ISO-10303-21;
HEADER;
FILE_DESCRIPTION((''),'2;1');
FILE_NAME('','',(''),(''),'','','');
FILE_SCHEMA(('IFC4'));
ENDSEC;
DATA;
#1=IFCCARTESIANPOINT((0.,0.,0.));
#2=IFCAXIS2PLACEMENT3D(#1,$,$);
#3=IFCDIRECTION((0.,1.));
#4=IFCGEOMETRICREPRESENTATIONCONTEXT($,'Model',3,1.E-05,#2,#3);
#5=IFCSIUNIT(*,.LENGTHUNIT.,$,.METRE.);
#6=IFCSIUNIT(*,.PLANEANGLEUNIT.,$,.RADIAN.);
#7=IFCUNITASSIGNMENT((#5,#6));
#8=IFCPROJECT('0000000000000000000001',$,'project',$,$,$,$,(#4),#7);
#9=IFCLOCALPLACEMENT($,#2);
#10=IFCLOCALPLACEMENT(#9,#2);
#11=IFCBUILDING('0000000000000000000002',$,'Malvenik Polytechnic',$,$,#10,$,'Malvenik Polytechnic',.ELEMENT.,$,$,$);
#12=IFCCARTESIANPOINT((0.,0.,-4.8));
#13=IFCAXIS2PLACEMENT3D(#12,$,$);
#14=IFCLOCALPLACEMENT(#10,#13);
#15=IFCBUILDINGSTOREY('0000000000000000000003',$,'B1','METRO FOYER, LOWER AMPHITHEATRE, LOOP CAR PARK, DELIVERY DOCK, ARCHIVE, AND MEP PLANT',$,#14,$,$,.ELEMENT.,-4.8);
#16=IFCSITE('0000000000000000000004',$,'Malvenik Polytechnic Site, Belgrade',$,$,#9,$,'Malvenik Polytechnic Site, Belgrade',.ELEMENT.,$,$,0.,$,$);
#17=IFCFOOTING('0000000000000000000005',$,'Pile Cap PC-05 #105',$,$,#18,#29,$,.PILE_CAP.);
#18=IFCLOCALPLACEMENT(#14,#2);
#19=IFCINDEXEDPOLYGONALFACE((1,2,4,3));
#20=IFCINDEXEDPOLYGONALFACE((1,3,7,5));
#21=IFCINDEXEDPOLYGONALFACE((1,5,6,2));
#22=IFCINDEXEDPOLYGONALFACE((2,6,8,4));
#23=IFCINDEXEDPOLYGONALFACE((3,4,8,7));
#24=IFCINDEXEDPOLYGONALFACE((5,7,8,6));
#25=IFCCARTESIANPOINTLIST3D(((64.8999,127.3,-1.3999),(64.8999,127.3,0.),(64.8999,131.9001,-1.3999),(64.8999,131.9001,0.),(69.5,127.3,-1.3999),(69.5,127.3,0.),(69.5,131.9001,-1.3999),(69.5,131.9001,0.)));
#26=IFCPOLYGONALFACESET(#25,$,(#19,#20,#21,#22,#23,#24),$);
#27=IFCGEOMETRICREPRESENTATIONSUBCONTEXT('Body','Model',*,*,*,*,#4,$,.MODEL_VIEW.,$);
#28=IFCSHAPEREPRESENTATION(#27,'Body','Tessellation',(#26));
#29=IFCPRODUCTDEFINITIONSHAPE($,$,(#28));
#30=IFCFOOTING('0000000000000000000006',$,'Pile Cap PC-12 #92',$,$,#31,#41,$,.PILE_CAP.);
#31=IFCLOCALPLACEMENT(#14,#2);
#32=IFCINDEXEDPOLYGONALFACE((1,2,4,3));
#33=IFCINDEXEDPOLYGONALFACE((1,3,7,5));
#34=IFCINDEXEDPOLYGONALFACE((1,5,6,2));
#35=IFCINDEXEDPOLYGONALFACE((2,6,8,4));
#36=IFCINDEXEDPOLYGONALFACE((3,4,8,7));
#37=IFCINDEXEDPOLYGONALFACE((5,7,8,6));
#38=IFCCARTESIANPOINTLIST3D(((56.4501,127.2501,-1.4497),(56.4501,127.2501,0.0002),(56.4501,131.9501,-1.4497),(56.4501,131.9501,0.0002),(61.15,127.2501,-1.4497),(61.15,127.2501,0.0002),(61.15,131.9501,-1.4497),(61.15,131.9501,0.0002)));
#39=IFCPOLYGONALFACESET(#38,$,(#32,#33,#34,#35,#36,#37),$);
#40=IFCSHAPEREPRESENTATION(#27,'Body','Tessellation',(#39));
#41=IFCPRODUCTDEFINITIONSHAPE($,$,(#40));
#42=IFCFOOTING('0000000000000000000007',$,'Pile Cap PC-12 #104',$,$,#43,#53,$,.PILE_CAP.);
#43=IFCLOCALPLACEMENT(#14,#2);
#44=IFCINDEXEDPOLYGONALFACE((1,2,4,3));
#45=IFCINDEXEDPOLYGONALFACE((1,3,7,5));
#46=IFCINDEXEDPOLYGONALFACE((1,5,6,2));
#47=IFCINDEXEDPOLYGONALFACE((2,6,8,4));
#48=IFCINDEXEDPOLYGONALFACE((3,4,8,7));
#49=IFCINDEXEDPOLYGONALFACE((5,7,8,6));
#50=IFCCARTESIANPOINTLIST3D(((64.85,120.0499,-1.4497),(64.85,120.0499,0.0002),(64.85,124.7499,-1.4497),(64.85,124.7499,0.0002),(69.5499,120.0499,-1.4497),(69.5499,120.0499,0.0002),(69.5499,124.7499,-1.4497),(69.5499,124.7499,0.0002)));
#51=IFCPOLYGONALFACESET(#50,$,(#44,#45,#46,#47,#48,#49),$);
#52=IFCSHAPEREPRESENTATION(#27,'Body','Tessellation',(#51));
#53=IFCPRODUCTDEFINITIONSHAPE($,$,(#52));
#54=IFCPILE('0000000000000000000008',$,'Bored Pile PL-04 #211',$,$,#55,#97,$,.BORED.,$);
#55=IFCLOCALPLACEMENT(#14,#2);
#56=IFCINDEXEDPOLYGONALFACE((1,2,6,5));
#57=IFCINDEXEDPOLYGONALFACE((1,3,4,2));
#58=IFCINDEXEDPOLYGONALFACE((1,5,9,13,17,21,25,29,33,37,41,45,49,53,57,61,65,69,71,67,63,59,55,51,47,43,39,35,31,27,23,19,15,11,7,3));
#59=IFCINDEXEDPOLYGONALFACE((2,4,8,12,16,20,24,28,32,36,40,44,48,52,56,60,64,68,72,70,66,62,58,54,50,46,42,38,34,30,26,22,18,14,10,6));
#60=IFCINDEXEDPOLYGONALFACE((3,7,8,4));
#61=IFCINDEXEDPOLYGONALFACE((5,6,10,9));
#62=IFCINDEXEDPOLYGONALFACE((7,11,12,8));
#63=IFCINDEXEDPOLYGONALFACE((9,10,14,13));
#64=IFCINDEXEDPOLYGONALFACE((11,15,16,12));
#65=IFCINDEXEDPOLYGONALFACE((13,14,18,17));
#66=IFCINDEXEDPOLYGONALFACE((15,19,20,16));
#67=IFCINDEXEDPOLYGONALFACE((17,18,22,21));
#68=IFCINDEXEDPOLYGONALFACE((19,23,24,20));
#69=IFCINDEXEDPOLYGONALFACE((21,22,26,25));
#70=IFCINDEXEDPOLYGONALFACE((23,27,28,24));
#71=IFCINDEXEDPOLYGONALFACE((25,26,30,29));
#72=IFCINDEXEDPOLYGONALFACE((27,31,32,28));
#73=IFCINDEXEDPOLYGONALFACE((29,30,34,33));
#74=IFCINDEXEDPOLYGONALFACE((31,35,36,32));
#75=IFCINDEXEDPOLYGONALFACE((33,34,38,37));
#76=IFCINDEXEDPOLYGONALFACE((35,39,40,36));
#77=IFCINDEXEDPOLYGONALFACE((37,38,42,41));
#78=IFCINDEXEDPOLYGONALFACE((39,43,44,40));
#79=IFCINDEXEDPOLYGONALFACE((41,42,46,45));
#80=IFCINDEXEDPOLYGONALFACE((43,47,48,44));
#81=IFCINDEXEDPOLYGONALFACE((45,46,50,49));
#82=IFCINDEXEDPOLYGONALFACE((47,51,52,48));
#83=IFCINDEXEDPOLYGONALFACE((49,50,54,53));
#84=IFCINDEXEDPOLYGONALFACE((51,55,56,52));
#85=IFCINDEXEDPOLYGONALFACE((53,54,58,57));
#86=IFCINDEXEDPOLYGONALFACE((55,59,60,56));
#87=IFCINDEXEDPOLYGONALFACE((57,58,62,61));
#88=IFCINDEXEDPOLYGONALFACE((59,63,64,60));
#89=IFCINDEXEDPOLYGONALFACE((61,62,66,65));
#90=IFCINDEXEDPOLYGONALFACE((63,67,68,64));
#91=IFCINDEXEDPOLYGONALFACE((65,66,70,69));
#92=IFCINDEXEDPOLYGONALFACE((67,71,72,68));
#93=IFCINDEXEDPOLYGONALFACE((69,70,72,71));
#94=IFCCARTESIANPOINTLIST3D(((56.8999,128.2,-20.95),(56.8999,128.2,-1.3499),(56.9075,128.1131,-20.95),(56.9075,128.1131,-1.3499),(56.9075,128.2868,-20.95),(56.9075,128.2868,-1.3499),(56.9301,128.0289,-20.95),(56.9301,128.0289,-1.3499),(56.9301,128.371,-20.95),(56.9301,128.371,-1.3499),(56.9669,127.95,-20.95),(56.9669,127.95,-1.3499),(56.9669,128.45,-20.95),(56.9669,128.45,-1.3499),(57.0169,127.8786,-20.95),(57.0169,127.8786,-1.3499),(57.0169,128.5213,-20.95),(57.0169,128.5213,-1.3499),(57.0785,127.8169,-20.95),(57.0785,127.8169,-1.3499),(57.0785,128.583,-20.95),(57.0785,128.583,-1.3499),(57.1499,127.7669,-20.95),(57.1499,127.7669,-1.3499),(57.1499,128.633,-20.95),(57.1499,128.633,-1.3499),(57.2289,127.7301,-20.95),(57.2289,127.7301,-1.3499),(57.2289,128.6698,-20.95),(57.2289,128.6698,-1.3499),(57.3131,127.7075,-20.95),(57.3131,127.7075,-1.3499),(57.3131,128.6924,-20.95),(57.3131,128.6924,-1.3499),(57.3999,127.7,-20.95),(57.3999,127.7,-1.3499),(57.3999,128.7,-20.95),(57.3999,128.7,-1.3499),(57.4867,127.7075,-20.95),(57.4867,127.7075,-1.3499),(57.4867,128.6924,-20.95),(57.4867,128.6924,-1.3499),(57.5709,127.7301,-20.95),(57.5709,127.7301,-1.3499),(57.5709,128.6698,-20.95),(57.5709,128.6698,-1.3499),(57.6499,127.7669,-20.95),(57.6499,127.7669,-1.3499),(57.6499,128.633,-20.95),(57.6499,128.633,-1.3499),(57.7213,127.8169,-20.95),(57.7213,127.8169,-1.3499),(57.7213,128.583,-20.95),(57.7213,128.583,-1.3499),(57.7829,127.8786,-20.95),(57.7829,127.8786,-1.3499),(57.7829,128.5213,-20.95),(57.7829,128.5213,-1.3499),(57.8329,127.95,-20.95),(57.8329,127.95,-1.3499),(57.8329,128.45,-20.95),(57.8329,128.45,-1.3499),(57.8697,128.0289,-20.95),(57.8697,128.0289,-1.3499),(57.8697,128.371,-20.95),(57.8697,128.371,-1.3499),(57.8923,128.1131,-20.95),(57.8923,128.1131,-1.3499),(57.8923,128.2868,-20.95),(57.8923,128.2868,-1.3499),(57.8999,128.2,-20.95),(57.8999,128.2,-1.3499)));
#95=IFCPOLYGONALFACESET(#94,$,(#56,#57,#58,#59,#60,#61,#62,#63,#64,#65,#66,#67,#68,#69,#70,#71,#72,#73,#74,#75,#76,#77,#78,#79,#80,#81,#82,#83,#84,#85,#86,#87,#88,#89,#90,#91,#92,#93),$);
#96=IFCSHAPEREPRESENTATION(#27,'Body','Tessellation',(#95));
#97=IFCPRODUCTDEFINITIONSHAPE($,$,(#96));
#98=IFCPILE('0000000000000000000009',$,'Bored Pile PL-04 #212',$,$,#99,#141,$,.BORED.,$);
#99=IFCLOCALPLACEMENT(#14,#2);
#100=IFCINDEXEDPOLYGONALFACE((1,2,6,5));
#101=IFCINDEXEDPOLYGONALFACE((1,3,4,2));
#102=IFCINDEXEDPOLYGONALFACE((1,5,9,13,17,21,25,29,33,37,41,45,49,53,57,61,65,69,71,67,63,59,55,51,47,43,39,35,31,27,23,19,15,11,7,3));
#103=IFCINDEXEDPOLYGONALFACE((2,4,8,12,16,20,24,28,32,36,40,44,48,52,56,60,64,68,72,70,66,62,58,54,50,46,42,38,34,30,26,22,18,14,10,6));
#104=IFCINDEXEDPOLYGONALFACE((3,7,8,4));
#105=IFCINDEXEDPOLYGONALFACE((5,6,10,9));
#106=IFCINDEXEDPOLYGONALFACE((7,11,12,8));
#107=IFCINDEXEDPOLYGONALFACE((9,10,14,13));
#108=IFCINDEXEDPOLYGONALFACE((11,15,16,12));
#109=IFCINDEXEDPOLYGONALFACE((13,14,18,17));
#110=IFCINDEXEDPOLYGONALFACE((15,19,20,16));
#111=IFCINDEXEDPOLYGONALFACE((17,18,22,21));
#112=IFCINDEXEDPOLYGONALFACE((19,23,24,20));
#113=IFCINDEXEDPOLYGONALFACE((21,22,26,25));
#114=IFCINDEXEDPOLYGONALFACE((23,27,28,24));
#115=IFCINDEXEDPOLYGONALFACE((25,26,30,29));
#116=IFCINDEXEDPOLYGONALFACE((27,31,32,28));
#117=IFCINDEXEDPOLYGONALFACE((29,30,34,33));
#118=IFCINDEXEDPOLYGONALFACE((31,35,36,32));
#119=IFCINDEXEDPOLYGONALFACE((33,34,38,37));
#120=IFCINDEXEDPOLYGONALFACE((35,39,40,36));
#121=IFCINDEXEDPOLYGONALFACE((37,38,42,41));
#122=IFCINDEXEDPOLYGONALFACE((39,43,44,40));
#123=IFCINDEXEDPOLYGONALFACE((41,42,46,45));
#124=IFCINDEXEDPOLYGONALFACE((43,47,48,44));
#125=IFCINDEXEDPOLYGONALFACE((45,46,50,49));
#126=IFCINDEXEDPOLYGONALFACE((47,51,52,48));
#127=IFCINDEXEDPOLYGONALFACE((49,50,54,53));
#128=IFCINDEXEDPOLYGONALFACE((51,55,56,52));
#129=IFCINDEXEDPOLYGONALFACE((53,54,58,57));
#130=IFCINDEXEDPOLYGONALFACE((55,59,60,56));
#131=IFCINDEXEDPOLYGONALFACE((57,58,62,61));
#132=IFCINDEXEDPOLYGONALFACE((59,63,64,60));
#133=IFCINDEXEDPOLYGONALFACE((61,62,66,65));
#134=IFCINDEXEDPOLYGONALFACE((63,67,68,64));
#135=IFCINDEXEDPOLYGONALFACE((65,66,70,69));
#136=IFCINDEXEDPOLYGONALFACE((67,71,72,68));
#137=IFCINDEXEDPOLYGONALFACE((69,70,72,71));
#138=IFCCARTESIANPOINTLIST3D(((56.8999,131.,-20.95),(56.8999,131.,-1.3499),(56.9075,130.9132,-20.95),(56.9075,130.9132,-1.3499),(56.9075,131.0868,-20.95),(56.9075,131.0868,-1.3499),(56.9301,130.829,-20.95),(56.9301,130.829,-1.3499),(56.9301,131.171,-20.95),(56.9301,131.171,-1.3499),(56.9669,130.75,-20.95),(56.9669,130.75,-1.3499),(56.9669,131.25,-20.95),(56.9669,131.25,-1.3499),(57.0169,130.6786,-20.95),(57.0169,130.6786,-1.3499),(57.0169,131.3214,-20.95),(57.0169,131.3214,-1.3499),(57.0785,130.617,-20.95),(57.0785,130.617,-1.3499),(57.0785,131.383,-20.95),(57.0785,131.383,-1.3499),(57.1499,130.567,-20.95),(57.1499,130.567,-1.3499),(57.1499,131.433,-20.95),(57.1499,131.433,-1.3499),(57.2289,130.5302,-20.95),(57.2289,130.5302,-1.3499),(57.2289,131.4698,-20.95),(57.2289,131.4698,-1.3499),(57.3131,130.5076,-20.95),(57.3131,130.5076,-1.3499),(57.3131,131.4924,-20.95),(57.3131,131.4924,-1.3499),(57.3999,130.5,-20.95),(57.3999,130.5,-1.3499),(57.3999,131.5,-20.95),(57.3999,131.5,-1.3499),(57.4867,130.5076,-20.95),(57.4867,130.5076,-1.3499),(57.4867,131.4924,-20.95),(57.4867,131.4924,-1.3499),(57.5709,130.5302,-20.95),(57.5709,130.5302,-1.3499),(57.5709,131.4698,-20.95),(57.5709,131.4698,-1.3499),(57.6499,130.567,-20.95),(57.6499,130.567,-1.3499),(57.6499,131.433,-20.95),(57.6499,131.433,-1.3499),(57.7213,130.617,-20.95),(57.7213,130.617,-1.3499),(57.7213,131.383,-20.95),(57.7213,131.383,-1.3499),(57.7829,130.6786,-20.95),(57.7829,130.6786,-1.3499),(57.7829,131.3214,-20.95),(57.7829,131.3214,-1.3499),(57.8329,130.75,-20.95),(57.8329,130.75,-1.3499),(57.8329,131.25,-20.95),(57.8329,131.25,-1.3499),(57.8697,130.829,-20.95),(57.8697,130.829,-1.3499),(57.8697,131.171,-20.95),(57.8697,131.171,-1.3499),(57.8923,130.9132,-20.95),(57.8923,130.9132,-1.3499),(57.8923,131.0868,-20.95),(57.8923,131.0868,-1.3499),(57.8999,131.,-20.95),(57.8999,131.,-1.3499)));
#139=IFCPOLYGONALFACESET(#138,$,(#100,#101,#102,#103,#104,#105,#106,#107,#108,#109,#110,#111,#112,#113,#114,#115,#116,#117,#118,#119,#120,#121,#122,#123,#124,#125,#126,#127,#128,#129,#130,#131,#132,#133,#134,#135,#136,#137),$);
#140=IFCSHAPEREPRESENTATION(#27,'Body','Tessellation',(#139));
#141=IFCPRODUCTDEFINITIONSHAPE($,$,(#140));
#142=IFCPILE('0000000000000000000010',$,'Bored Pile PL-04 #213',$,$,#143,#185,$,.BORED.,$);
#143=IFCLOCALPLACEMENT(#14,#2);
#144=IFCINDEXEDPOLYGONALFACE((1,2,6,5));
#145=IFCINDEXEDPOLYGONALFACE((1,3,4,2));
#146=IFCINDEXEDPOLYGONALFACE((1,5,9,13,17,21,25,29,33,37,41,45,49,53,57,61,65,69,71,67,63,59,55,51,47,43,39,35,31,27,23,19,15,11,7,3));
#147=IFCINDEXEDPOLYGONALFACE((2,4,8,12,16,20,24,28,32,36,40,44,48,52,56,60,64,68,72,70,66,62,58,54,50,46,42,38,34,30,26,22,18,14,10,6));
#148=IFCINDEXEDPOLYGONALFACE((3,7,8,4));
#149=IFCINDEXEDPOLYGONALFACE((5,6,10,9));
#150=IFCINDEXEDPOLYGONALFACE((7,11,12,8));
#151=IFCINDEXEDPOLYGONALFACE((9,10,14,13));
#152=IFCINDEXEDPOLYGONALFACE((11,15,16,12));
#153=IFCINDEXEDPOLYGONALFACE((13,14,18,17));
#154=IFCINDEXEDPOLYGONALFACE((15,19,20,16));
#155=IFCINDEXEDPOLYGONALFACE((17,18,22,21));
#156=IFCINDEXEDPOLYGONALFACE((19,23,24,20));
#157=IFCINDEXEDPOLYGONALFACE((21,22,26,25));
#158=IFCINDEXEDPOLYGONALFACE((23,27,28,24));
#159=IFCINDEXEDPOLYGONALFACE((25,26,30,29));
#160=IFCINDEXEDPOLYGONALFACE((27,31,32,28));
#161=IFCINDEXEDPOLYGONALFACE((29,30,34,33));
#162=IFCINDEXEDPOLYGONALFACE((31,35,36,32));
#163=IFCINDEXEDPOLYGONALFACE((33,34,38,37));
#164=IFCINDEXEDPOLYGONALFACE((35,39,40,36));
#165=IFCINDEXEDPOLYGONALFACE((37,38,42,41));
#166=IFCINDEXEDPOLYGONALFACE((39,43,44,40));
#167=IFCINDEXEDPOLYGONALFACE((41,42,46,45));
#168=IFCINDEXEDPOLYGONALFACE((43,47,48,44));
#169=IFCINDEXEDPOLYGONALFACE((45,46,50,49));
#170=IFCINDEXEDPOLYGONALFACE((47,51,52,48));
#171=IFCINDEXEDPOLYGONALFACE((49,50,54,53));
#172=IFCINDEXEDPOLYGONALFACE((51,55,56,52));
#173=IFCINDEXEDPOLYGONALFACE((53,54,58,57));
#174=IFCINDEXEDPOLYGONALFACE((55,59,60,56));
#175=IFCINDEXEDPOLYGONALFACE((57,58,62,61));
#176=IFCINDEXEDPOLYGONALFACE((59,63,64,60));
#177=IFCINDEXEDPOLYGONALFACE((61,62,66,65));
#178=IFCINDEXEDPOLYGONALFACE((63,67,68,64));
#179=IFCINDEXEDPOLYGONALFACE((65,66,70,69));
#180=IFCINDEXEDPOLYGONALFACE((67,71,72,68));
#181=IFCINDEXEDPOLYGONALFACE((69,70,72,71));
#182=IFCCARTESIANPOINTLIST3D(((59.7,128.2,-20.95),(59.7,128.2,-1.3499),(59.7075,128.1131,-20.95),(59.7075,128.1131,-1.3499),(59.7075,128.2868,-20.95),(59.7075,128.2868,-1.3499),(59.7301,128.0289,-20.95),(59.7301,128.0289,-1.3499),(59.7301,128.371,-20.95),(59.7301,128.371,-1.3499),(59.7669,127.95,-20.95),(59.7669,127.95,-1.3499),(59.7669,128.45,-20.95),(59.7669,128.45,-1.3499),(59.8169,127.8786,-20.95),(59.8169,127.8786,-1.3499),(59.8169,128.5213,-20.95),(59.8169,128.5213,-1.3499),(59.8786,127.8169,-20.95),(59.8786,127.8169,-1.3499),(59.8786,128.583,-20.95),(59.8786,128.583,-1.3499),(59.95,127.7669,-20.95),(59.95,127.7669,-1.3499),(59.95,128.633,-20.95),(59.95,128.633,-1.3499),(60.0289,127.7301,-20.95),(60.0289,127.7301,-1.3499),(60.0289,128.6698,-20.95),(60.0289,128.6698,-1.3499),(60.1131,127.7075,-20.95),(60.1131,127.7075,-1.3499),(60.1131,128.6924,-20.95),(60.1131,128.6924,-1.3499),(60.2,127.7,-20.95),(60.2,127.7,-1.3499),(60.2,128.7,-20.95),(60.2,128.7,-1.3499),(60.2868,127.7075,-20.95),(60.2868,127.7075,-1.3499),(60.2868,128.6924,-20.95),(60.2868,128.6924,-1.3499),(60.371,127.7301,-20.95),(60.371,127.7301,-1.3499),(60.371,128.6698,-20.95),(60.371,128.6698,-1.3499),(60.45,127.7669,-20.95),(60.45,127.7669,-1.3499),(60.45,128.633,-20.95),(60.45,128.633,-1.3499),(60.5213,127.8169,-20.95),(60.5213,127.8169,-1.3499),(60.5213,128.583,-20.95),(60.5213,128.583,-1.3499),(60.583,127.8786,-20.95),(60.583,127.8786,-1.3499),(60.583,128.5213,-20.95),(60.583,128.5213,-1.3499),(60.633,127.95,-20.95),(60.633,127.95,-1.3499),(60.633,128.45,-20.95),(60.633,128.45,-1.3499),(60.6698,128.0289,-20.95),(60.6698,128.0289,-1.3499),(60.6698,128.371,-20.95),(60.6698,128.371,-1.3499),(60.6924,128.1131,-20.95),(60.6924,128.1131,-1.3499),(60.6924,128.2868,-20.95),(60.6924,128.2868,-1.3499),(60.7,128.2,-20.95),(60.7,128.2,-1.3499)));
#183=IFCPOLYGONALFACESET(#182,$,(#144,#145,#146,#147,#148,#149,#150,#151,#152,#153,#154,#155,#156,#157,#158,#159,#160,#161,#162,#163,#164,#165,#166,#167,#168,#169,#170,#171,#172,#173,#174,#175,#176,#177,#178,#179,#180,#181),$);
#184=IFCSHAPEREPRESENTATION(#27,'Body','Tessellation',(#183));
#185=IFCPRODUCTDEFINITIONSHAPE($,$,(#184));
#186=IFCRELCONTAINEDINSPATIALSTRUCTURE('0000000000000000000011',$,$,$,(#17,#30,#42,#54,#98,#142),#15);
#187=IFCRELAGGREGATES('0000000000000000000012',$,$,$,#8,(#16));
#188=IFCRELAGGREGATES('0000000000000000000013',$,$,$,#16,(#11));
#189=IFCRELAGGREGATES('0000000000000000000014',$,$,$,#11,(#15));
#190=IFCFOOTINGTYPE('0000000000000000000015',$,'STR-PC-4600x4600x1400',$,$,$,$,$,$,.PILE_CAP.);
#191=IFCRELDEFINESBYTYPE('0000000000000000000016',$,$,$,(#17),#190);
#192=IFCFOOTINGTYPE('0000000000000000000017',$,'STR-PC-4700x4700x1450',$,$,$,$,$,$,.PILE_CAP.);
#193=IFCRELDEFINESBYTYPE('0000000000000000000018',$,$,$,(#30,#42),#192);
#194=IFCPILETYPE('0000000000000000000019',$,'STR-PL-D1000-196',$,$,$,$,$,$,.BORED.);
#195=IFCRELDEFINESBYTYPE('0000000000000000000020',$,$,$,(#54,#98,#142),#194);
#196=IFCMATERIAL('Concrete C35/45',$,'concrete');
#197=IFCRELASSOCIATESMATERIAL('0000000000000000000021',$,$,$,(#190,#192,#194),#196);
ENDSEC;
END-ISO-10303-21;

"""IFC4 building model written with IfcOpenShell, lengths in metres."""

from ifc_helpers import new_model, si_unit, direction, frame, origin, origin_2d, place, context, subcontext, project, spatial, rectangle, circle, extrude, material, material_profile, profile_set, type_object, element, save


model = new_model("IFC4")

# Units and contexts
model_context = context("Model", 3, precision=1e-05, world=origin(), true_north=direction((0.0, 1.0)))
body_context = subcontext(model_context, "Body", "Model", "MODEL_VIEW")
ifc_project = project(units=[si_unit("LENGTHUNIT", "METRE"), si_unit("PLANEANGLEUNIT", "RADIAN")], contexts=[model_context])

# Site, building, storey
site_placement = place(None, origin())
site = spatial("IfcSite", under=ifc_project, at=site_placement, Name="Malvenik Polytechnic Site, Belgrade", LongName="Malvenik Polytechnic Site, Belgrade", CompositionType="ELEMENT", RefElevation=0.0)
building_placement = place(site_placement, origin())
building = spatial("IfcBuilding", under=site, at=building_placement, Name="Malvenik Polytechnic", LongName="Malvenik Polytechnic", CompositionType="ELEMENT")
storey_placement = place(building_placement, frame((0.0, 0.0, -4.8)))
storey = spatial("IfcBuildingStorey", under=building, at=storey_placement, Name="B1", Description="METRO FOYER, LOWER AMPHITHEATRE, LOOP CAR PARK, DELIVERY DOCK, ARCHIVE, AND MEP PLANT", CompositionType="ELEMENT", Elevation=-4.8)

# Footings
ifc_material_1 = material(Name="Concrete C35/45", Category="concrete")
footing_type_1 = type_object("IfcFootingType", Name="STR-PC-4600x4600x1400", PredefinedType="PILE_CAP", material=ifc_material_1)
footing_placement = place(storey_placement, frame((67.2, 129.6001, -1.3999), z_axis=(0.0, 0.0, 1.0), x_axis=(1.0, 0.0, 0.0)))
element("IfcFooting", 1, at=footing_placement, inside=storey, type_object=footing_type_1, Name="Pile Cap PC-05 #105", PredefinedType="PILE_CAP", context=body_context, shape_type="SweptSolid", body=[
    extrude(rectangle(XDim=4.6001, YDim=4.6001, at=origin_2d()), origin(), (0.0, 0.0, 1.0), 1.3999),
])
footing_type_2 = type_object("IfcFootingType", Name="STR-PC-4700x4700x1450", PredefinedType="PILE_CAP", material=ifc_material_1)
for number, where, z_axis, x_axis, name in (
    (2, (58.8, 129.6001, -1.4497), (0.0, 0.0, 1.0), (1.0, 0.0, 0.0), "Pile Cap PC-12 #92"),
    (3, (67.2, 122.3999, -1.4497), (0.0, 0.0, 1.0), (1.0, 0.0, 0.0), "Pile Cap PC-12 #104"),
):
    element("IfcFooting", number, at=place(storey_placement, frame(where, z_axis=z_axis, x_axis=x_axis)), inside=storey, type_object=footing_type_2, Name=name, PredefinedType="PILE_CAP", context=body_context, shape_type="SweptSolid", body=[
        extrude(rectangle(XDim=4.7, YDim=4.7, at=origin_2d()), origin(), (0.0, 0.0, 1.0), 1.45),
    ])

# Piles
ifc_material_profile_1 = material_profile(ifc_material_1, circle(Radius=0.5, at=origin_2d()), Name="BORED PILE D1000")
ifc_profile_set_1 = profile_set([ifc_material_profile_1], Name="Concrete C35/45")
pile_type = type_object("IfcPileType", Name="STR-PL-D1000-196", PredefinedType="BORED", material=ifc_profile_set_1)
for number, where, z_axis, x_axis, name in (
    (4, (57.3999, 128.2, -1.3499), (0.0, 0.0, -1.0), (1.0, 0.0, 0.0), "Bored Pile PL-04 #211"),
    (5, (57.3999, 131.0, -1.3499), (0.0, 0.0, -1.0), (1.0, 0.0, 0.0), "Bored Pile PL-04 #212"),
    (6, (60.2, 128.2, -1.3499), (0.0, 0.0, -1.0), (1.0, 0.0, 0.0), "Bored Pile PL-04 #213"),
):
    element("IfcPile", number, at=place(storey_placement, frame(where, z_axis=z_axis, x_axis=x_axis)), inside=storey, type_object=pile_type, Name=name, PredefinedType="BORED", context=body_context, shape_type="SweptSolid", body=[
        extrude(circle(Radius=0.5, at=origin_2d()), origin(), (0.0, 0.0, 1.0), 19.6001),
    ])

save(model, "model.ifc")
